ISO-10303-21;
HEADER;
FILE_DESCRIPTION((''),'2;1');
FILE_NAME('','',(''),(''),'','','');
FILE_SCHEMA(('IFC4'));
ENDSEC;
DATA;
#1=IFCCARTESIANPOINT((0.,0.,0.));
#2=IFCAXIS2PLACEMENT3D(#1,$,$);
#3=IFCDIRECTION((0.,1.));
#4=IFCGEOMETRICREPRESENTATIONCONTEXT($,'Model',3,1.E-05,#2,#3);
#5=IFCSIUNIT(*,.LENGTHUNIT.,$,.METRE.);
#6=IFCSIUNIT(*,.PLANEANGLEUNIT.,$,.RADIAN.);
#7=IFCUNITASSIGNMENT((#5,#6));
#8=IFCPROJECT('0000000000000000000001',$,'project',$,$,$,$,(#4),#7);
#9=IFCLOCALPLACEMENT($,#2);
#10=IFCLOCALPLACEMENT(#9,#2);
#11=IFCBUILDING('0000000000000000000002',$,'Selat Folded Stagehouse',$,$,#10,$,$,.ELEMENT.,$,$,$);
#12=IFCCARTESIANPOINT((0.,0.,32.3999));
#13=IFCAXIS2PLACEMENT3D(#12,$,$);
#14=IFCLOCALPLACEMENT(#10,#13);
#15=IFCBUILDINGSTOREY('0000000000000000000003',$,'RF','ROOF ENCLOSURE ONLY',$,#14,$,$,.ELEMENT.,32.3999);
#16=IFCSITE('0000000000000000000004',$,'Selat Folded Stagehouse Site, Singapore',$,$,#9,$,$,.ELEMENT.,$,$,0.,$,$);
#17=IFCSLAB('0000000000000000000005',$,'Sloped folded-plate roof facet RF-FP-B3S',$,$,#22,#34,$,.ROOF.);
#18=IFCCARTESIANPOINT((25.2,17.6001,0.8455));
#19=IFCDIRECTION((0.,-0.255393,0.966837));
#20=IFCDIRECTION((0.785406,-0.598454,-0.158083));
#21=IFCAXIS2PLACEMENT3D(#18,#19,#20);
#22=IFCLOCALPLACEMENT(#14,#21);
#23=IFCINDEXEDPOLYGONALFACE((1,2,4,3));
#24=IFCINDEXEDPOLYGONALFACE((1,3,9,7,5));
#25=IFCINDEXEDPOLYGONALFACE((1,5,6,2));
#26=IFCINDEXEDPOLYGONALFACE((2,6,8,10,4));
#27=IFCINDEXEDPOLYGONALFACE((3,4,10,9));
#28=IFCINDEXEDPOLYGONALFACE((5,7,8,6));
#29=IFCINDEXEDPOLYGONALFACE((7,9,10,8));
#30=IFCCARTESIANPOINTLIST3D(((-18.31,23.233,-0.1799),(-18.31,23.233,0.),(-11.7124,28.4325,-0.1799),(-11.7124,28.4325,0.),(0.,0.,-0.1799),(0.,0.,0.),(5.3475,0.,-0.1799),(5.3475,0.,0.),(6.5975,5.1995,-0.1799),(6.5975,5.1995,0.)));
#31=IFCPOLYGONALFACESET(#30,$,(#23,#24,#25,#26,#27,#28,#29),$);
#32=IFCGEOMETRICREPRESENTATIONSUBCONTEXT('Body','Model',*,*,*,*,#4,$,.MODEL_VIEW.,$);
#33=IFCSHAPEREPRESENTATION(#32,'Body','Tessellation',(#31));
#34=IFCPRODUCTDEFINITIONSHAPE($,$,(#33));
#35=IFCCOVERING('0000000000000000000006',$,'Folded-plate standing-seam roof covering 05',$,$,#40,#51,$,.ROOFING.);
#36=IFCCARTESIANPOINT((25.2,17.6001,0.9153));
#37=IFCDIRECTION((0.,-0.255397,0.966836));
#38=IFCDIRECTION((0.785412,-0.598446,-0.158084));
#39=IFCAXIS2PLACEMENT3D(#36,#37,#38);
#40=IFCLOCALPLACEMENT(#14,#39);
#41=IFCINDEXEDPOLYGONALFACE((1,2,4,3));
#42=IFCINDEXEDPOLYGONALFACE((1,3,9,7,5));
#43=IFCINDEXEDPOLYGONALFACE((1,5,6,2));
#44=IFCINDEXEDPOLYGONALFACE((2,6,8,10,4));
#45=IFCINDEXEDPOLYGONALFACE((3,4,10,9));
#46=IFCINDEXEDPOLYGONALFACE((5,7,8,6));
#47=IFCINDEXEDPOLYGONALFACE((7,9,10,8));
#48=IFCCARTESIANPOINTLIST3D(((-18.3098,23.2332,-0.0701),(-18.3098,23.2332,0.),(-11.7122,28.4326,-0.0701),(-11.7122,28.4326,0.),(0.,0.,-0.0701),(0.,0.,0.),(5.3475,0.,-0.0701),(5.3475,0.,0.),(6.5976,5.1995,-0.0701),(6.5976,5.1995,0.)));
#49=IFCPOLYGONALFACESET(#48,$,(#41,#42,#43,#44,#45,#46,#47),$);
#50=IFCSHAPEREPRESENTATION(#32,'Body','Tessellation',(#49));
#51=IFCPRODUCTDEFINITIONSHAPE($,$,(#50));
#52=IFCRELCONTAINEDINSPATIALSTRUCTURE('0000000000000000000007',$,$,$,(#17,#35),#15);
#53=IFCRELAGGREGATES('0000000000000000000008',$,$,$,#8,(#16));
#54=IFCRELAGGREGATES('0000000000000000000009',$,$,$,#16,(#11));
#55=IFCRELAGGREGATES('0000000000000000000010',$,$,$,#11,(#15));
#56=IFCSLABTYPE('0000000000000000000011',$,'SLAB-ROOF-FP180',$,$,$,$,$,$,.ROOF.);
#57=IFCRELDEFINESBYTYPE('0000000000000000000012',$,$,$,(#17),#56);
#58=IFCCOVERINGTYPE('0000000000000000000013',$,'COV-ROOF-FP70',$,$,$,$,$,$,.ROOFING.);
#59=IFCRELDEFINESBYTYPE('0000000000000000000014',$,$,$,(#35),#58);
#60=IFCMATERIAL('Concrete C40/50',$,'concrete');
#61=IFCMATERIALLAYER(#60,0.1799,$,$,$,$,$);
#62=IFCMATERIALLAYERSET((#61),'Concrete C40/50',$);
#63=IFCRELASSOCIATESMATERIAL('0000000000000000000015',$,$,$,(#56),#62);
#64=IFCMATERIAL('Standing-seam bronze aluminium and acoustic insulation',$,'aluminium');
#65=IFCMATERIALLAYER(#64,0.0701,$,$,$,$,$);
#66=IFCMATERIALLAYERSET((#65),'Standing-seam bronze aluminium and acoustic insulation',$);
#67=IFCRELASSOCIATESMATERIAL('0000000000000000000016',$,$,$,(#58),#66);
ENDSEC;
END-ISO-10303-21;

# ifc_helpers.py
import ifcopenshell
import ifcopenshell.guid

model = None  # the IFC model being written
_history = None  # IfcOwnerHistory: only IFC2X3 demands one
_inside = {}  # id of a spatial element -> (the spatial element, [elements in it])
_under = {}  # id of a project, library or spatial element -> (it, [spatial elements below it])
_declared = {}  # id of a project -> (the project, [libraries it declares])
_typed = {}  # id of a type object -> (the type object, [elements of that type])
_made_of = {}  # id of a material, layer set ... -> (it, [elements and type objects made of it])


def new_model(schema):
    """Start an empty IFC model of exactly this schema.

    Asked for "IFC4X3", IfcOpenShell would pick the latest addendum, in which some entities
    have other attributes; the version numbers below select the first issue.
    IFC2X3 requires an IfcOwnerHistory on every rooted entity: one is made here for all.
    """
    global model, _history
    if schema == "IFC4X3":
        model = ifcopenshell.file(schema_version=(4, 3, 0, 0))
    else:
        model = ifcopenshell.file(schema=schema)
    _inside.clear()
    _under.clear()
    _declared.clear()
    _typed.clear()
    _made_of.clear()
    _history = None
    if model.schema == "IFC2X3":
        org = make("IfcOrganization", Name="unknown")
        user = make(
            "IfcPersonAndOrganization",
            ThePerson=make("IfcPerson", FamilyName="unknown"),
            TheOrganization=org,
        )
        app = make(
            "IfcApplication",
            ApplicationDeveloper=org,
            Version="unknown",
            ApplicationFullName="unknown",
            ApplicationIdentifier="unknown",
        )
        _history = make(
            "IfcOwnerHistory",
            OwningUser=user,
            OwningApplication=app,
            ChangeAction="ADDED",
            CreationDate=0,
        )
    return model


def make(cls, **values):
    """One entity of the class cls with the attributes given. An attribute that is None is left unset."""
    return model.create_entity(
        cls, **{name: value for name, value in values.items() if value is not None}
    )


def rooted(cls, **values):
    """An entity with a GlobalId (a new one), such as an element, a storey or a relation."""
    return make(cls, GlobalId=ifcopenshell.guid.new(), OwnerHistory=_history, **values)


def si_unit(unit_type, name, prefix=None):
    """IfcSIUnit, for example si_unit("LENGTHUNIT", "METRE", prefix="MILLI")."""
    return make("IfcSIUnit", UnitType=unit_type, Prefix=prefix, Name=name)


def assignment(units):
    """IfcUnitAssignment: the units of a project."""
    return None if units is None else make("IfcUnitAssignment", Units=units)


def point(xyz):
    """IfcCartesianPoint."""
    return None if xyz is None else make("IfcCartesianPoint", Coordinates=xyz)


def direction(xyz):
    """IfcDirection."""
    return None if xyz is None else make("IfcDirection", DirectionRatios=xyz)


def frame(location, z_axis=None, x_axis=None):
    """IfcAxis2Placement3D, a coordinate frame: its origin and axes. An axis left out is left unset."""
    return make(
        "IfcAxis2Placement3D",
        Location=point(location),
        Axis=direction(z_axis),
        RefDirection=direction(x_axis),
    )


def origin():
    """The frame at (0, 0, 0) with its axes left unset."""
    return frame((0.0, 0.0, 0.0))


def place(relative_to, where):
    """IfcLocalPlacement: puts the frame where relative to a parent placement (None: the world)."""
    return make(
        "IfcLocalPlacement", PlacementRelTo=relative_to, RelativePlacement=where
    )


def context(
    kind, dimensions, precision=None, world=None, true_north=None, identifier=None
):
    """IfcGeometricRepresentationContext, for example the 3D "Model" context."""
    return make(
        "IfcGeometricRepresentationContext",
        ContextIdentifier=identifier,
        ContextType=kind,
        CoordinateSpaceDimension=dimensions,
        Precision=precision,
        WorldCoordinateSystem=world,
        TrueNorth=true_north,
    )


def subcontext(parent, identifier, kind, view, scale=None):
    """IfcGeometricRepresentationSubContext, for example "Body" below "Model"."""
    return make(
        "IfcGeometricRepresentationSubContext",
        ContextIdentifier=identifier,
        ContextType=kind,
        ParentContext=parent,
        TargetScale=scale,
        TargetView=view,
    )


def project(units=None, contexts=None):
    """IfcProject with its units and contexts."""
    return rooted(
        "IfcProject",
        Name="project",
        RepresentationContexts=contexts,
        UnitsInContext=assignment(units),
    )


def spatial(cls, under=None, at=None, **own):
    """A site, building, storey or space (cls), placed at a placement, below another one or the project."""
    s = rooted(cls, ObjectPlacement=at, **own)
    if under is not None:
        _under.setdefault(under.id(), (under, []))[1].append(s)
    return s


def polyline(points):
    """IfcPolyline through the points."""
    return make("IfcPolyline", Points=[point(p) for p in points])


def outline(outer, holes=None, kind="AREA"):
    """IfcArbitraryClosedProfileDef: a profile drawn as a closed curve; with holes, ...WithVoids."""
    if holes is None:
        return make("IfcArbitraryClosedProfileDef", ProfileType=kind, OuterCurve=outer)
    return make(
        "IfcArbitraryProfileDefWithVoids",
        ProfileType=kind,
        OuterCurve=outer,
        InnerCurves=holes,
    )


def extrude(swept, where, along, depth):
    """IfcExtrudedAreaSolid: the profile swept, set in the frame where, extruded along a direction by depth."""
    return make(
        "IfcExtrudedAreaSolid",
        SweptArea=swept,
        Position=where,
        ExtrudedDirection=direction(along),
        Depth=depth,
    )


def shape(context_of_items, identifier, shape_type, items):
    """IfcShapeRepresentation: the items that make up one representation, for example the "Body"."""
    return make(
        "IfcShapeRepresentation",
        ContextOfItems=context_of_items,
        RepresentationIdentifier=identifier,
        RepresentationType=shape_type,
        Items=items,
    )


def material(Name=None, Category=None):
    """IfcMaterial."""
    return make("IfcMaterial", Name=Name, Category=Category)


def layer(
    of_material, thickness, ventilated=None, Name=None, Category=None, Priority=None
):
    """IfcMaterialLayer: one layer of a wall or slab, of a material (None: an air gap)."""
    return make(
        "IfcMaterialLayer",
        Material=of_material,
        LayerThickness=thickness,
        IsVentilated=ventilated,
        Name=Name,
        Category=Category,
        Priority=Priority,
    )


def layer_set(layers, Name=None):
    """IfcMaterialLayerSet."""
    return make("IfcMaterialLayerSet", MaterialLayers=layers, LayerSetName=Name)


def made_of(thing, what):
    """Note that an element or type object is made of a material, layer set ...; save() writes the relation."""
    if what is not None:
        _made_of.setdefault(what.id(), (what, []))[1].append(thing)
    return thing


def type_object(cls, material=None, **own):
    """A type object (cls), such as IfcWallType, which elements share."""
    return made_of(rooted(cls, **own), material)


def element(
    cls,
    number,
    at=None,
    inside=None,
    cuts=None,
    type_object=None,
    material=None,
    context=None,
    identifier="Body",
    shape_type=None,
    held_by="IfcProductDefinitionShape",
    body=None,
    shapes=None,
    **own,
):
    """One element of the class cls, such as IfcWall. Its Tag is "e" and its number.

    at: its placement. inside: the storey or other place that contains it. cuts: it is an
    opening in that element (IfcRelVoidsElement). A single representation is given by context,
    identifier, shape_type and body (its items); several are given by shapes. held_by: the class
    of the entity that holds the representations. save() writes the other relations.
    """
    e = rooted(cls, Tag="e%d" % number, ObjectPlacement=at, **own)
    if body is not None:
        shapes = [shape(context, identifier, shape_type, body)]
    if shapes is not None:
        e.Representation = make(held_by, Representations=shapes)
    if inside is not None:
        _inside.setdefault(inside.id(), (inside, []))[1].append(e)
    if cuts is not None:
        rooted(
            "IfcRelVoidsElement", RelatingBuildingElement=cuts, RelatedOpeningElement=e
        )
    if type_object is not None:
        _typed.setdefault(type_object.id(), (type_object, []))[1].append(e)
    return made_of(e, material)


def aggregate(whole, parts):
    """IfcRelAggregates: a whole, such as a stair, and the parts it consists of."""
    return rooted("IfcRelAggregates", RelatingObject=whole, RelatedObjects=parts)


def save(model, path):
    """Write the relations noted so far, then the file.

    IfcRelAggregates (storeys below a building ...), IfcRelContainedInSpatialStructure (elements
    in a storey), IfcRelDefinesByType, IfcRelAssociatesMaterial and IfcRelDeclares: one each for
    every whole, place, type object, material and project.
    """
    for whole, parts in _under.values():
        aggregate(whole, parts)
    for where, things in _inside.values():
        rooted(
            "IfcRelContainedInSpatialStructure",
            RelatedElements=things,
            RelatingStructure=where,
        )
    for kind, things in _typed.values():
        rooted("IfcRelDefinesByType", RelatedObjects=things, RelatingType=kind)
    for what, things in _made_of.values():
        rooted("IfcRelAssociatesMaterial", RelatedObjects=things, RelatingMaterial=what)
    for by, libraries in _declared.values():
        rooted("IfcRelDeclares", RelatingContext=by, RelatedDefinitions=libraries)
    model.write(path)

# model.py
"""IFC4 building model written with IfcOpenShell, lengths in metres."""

from ifc_helpers import new_model, si_unit, direction, frame, origin, place, context, subcontext, project, spatial, polyline, outline, extrude, material, layer, layer_set, type_object, element, save


model = new_model("IFC4")

# Units and contexts
model_context = context("Model", 3, precision=1e-05, world=origin(), true_north=direction((0.0, 1.0)))
body_context = subcontext(model_context, "Body", "Model", "MODEL_VIEW")
ifc_project = project(units=[si_unit("LENGTHUNIT", "METRE"), si_unit("PLANEANGLEUNIT", "RADIAN")], contexts=[model_context])

# Site, building, storey
site_placement = place(None, origin())
site = spatial("IfcSite", under=ifc_project, at=site_placement, Name="Selat Folded Stagehouse Site, Singapore", CompositionType="ELEMENT", RefElevation=0.0)
building_placement = place(site_placement, origin())
building = spatial("IfcBuilding", under=site, at=building_placement, Name="Selat Folded Stagehouse", CompositionType="ELEMENT")
storey_placement = place(building_placement, frame((0.0, 0.0, 32.3999)))
storey = spatial("IfcBuildingStorey", under=building, at=storey_placement, Name="RF", Description="ROOF ENCLOSURE ONLY", CompositionType="ELEMENT", Elevation=32.3999)

# Slab
ifc_material_1 = material(Name="Concrete C40/50", Category="concrete")
ifc_layer_1 = layer(ifc_material_1, 0.1799)
ifc_layer_set_1 = layer_set([ifc_layer_1], Name="Concrete C40/50")
slab_type = type_object("IfcSlabType", Name="SLAB-ROOF-FP180", PredefinedType="ROOF", material=ifc_layer_set_1)
slab_placement = place(storey_placement, frame((25.2, 17.6001, 0.8455), z_axis=(0.0, -0.255393, 0.966837), x_axis=(0.785406, -0.598454, -0.158083)))
element("IfcSlab", 1, at=slab_placement, inside=storey, type_object=slab_type, Name="Sloped folded-plate roof facet RF-FP-B3S", PredefinedType="ROOF", context=body_context, shape_type="SweptSolid", body=[
    extrude(outline(polyline([(0.0, 0.0), (5.3475, 0.0), (6.5975, 5.1995), (-11.7124, 28.4325), (-18.31, 23.233), (0.0, 0.0)])), origin(), (0.0, 0.0, -1.0), 0.1799),
])

# Covering
ifc_material_2 = material(Name="Standing-seam bronze aluminium and acoustic insulation", Category="aluminium")
ifc_layer_2 = layer(ifc_material_2, 0.0701)
ifc_layer_set_2 = layer_set([ifc_layer_2], Name="Standing-seam bronze aluminium and acoustic insulation")
covering_type = type_object("IfcCoveringType", Name="COV-ROOF-FP70", PredefinedType="ROOFING", material=ifc_layer_set_2)
covering_placement = place(storey_placement, frame((25.2, 17.6001, 0.9153), z_axis=(0.0, -0.255397, 0.966836), x_axis=(0.785412, -0.598446, -0.158084)))
element("IfcCovering", 2, at=covering_placement, inside=storey, type_object=covering_type, Name="Folded-plate standing-seam roof covering 05", PredefinedType="ROOFING", context=body_context, shape_type="SweptSolid", body=[
    extrude(outline(polyline([(0.0, 0.0), (5.3475, 0.0), (6.5976, 5.1995), (-11.7122, 28.4326), (-18.3098, 23.2332), (0.0, 0.0)])), origin(), (0.0, 0.0, -1.0), 0.0701),
])

save(model, "model.ifc")
